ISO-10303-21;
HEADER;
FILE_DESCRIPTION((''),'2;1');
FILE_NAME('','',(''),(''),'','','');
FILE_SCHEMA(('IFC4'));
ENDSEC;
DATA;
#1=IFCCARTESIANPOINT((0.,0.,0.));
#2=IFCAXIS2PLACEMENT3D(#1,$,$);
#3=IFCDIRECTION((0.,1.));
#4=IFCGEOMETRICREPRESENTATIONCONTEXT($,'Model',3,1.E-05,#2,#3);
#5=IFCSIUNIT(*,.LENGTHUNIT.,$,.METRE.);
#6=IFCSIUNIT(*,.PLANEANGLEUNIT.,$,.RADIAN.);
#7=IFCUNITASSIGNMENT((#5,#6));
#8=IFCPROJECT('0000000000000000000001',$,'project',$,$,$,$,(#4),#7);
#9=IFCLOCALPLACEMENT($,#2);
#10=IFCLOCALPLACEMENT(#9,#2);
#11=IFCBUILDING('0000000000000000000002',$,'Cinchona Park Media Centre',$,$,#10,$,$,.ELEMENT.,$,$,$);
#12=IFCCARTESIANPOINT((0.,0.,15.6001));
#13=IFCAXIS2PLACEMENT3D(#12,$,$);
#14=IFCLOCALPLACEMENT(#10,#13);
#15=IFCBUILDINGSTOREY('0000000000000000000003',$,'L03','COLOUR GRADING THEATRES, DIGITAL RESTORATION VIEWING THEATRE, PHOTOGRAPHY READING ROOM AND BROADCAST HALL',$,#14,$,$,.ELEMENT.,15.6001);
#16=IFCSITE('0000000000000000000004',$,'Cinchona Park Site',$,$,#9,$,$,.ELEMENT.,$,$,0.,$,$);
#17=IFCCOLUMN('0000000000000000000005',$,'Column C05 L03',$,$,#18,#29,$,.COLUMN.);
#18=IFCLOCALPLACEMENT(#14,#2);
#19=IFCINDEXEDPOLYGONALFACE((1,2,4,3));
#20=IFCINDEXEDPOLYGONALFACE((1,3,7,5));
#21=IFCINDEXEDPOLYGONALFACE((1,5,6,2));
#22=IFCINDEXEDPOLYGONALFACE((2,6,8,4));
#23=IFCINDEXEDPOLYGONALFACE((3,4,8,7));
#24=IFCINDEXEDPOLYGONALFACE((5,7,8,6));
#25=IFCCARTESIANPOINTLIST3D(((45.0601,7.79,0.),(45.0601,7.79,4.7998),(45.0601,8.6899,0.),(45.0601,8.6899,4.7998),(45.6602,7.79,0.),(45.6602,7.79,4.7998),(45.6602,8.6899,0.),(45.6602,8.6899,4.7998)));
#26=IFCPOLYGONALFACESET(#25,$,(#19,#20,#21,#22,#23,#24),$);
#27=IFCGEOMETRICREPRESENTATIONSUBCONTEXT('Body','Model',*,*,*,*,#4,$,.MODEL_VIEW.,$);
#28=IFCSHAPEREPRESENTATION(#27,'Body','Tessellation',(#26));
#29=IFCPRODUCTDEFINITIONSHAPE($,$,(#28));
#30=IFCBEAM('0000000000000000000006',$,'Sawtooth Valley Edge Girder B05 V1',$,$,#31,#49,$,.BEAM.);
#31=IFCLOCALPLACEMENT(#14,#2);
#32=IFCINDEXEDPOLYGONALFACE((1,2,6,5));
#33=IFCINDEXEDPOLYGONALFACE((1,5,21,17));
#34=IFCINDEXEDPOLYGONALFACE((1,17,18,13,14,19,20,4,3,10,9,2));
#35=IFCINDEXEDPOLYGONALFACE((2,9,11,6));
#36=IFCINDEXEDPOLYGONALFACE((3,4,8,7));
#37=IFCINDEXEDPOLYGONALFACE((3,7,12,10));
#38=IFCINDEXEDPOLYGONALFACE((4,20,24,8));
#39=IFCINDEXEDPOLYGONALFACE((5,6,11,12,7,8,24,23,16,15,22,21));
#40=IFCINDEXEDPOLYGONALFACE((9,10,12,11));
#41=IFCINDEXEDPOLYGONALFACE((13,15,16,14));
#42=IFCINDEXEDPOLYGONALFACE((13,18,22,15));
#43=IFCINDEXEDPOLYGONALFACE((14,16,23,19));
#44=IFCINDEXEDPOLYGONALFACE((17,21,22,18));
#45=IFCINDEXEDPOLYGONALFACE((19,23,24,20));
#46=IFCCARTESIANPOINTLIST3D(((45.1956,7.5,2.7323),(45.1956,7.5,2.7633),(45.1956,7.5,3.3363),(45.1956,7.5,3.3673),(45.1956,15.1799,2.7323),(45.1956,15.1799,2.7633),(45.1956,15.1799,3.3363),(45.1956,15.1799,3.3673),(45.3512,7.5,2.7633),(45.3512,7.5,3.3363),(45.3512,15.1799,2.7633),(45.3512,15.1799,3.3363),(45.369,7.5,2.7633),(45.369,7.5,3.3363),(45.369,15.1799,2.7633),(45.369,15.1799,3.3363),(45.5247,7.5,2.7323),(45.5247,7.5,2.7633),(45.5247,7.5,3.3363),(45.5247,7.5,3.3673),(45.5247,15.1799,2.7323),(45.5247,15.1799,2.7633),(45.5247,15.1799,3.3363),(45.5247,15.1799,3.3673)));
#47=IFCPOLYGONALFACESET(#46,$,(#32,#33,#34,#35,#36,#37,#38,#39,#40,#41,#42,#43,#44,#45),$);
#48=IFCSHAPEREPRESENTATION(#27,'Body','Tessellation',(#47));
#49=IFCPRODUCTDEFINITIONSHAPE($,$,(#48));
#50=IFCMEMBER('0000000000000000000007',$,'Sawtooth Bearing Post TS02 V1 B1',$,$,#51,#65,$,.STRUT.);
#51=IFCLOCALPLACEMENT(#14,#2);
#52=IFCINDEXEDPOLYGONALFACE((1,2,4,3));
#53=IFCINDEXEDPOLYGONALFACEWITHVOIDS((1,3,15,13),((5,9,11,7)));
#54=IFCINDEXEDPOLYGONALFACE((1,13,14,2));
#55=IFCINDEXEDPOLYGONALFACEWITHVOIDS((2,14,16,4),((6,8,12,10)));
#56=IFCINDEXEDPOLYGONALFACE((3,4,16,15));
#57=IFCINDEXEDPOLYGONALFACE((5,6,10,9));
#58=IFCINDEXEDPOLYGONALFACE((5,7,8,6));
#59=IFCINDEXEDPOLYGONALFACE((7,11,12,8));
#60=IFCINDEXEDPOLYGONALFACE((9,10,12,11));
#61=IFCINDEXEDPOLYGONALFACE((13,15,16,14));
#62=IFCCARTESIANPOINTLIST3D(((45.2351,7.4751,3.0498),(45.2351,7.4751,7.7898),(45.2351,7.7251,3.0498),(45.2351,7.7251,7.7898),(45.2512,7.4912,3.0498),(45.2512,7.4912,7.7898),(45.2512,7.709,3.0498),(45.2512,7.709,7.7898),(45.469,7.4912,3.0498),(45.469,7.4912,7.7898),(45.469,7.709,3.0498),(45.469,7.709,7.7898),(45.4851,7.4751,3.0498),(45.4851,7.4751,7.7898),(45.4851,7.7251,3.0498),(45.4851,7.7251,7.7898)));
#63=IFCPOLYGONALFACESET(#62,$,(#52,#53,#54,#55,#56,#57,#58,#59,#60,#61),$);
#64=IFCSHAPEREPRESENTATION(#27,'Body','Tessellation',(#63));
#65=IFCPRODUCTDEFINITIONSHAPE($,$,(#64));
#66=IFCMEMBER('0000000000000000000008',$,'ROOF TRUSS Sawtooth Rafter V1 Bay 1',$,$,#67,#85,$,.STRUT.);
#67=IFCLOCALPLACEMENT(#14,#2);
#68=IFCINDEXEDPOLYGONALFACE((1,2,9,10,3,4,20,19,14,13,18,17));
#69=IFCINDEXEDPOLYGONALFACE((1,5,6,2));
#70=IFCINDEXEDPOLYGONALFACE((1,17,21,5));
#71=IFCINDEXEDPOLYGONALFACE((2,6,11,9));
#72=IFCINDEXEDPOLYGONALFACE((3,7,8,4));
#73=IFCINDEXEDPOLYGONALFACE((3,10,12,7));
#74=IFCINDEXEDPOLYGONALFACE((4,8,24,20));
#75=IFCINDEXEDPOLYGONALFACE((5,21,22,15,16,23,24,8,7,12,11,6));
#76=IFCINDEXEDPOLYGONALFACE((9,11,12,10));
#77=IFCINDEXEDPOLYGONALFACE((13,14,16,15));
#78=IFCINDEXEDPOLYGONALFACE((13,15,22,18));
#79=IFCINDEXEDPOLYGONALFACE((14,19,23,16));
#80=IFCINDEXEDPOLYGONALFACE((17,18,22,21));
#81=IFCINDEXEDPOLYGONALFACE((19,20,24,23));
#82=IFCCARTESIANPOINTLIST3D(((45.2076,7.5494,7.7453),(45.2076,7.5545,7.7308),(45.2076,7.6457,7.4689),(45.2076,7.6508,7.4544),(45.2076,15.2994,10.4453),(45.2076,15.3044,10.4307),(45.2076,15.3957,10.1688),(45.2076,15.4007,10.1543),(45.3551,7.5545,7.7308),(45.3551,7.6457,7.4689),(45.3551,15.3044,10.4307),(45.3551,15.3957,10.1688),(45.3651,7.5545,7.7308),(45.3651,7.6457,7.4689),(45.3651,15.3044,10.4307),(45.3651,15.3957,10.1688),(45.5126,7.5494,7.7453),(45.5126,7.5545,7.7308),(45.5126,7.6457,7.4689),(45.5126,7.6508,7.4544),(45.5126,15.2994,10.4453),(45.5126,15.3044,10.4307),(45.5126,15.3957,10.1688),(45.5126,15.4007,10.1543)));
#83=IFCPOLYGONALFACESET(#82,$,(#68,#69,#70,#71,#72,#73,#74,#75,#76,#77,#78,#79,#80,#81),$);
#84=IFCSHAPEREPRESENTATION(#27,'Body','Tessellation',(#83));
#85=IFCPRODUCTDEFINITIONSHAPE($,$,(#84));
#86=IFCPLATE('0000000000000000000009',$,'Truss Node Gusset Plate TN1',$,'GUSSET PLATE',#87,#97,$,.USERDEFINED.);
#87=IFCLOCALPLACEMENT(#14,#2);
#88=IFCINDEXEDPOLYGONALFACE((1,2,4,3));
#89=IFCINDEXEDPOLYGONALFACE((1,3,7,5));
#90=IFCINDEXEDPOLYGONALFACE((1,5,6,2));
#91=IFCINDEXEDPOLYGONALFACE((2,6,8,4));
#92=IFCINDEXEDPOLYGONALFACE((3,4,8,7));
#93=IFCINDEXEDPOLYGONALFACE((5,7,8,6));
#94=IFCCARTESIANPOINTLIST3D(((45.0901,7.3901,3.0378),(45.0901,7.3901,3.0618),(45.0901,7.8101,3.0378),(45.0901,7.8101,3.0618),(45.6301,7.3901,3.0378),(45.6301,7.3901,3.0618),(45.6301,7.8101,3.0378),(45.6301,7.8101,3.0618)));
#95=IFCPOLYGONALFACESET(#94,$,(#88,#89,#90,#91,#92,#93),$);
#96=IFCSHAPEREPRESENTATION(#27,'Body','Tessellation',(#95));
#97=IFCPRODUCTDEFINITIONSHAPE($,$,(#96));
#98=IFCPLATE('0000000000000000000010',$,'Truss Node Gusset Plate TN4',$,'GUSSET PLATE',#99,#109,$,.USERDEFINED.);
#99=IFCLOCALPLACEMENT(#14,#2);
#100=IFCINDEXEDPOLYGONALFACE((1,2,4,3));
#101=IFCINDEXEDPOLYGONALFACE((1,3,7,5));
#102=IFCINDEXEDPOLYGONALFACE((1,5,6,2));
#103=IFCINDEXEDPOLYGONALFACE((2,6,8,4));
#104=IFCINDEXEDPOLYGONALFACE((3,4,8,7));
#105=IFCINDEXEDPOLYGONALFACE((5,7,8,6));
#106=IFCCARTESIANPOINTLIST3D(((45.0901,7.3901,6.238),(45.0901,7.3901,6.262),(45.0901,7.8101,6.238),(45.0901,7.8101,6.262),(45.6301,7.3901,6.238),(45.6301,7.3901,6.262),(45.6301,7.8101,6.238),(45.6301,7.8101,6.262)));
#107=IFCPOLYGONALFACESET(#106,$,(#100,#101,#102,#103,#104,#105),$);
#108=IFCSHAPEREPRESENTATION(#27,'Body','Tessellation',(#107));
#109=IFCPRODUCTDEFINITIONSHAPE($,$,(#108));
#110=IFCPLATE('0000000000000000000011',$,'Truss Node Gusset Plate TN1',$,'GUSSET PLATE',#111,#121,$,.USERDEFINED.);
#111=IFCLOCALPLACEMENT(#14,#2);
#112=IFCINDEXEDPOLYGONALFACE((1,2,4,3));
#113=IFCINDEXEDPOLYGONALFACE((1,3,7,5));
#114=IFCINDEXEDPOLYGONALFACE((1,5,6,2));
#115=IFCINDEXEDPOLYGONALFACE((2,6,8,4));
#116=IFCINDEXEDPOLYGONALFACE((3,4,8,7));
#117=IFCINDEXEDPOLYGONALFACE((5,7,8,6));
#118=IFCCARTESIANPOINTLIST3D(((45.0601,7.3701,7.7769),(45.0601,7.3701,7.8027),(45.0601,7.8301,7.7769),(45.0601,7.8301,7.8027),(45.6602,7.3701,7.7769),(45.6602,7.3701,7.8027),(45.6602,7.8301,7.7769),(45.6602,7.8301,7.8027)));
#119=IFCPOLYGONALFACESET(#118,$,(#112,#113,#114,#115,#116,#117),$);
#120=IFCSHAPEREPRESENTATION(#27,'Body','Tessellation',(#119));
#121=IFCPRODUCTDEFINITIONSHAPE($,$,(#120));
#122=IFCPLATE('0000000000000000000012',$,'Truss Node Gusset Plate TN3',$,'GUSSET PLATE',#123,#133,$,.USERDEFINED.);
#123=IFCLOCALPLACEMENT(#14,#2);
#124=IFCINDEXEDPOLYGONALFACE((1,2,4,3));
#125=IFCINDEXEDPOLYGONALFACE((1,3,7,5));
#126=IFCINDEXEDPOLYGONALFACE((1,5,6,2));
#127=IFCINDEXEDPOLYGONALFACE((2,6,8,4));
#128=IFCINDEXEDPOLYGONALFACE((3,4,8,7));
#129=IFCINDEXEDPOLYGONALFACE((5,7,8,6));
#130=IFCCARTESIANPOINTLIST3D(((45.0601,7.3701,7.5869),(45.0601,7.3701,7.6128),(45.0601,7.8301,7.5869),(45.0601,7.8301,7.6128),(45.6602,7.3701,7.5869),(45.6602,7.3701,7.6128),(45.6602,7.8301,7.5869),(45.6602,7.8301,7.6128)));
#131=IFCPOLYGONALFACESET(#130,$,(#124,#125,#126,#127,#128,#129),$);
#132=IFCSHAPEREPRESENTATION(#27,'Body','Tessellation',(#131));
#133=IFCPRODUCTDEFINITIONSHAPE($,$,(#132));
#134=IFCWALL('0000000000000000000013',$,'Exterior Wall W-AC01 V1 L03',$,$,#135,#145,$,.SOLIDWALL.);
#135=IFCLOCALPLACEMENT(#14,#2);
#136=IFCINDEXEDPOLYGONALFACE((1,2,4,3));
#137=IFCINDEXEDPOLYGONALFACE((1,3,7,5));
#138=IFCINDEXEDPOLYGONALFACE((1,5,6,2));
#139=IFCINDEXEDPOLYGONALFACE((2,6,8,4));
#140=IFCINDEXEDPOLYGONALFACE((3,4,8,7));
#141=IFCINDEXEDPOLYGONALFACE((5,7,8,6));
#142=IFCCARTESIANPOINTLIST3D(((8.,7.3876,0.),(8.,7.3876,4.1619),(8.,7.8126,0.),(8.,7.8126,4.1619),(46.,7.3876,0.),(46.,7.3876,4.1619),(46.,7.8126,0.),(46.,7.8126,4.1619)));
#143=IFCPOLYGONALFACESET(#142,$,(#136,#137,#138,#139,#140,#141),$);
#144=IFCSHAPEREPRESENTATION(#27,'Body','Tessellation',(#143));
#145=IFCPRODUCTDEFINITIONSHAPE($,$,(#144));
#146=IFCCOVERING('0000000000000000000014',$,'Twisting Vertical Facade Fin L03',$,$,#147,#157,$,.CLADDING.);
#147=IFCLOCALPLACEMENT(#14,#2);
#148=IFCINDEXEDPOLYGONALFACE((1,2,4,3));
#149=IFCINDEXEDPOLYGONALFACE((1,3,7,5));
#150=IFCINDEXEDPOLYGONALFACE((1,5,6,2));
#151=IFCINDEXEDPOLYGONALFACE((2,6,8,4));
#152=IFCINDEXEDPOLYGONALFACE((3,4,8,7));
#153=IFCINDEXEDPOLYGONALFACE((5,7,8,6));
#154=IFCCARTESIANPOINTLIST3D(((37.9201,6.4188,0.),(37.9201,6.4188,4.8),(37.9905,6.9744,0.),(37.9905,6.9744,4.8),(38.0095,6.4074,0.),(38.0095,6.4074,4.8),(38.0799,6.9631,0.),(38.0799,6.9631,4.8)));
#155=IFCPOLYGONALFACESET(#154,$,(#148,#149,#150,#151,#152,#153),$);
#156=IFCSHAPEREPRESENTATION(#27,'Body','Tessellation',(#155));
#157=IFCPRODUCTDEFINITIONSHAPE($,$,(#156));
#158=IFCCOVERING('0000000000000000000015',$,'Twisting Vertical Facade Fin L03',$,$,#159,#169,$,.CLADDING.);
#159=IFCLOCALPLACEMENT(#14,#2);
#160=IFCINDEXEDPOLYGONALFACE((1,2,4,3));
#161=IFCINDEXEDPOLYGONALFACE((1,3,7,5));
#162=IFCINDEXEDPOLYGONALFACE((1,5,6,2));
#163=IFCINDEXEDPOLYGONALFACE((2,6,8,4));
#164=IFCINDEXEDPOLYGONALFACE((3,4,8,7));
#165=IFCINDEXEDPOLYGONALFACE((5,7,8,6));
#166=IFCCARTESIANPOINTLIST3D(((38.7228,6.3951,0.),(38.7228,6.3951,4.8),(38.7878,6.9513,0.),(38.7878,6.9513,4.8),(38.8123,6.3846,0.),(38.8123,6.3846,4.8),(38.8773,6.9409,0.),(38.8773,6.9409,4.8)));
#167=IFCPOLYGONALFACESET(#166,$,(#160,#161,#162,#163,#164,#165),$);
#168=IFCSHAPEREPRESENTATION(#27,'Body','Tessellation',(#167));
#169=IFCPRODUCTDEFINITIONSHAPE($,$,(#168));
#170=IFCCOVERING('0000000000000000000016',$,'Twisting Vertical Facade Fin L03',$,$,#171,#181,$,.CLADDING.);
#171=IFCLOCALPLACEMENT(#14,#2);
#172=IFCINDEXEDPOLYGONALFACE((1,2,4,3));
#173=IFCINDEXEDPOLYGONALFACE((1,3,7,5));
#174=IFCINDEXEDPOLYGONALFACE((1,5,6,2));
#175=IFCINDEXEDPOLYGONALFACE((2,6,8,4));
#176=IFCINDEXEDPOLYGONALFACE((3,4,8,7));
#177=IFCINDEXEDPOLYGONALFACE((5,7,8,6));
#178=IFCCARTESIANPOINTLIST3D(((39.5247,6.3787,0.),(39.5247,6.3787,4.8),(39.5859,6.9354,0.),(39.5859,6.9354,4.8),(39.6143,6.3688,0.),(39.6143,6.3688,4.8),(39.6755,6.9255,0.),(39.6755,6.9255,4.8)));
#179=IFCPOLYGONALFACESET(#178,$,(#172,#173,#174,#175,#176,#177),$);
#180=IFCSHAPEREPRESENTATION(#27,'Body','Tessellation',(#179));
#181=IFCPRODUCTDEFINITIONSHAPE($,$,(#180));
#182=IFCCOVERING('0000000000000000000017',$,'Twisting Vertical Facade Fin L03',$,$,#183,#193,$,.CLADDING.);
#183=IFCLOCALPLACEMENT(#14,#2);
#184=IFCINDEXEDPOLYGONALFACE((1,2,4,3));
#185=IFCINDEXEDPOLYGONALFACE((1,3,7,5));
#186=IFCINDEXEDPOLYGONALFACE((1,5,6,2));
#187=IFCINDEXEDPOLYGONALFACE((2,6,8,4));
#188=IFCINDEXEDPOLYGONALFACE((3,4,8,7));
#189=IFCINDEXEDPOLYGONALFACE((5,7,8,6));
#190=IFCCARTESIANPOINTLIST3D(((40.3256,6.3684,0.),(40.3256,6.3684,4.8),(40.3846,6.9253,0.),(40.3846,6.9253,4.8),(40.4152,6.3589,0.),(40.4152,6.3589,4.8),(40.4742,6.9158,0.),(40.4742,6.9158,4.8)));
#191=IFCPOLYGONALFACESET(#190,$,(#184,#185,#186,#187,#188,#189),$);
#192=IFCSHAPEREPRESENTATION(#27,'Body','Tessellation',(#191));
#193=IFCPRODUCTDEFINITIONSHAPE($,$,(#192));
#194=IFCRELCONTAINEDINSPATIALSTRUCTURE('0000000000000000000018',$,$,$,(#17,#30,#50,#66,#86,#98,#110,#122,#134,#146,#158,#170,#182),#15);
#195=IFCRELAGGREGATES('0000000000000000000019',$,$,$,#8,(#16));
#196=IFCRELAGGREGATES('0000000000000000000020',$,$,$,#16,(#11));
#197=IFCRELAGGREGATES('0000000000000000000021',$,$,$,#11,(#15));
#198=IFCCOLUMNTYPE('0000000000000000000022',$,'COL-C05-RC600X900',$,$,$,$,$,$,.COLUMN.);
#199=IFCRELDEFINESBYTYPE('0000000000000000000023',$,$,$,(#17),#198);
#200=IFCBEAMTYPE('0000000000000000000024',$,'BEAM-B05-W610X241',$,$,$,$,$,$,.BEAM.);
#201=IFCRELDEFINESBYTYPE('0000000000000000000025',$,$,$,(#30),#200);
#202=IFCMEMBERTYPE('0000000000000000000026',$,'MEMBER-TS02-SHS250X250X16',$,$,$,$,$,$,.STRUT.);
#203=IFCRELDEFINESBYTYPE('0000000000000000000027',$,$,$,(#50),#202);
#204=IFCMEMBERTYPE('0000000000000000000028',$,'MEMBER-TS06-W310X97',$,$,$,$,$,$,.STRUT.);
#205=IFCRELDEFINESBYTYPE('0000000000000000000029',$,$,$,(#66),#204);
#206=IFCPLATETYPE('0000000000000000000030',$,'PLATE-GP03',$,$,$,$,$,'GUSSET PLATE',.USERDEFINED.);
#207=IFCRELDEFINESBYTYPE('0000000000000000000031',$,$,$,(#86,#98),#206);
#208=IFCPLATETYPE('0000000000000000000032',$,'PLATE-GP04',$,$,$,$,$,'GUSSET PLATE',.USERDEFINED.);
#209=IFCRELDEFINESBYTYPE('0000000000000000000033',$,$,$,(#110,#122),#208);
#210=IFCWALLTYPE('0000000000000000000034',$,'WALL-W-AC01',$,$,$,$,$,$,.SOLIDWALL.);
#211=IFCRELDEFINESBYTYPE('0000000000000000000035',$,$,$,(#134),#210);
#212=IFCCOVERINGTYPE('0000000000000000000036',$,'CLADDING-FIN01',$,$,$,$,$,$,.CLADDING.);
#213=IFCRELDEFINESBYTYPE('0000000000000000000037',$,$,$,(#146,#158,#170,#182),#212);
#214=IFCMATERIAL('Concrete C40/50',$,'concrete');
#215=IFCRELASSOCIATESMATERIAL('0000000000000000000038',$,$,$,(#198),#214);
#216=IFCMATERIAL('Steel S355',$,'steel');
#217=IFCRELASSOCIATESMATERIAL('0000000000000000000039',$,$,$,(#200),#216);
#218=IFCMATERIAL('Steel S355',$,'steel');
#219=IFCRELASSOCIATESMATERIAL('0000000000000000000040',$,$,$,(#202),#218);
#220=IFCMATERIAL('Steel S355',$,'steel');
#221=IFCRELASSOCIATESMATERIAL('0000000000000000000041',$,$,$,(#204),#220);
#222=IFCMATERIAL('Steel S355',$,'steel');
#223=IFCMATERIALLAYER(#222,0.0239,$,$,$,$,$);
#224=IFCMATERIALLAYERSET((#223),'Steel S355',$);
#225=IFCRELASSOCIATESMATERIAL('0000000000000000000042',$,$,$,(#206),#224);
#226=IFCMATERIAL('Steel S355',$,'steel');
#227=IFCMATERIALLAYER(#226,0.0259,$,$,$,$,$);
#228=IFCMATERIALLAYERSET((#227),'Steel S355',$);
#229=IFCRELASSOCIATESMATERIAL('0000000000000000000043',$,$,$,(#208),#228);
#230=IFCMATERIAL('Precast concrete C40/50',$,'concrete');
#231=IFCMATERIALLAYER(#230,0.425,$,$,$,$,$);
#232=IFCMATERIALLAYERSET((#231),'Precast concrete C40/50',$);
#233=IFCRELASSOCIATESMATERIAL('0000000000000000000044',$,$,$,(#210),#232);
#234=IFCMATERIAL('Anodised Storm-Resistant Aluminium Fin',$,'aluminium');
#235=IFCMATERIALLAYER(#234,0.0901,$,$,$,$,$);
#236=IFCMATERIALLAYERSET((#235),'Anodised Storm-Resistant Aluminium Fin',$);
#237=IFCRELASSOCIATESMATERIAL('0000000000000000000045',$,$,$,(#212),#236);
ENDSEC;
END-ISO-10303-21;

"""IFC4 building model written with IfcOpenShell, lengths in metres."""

from ifc_helpers import new_model, si_unit, direction, frame, frame_2d, origin, origin_2d, place, context, subcontext, project, spatial, rectangle, hollow_rectangle, i_section, extrude, material, layer, layer_set, material_profile, profile_set, type_object, element, save


model = new_model("IFC4")

# Units and contexts
model_context = context("Model", 3, precision=1e-05, world=origin(), true_north=direction((0.0, 1.0)))
body_context = subcontext(model_context, "Body", "Model", "MODEL_VIEW")
ifc_project = project(units=[si_unit("LENGTHUNIT", "METRE"), si_unit("PLANEANGLEUNIT", "RADIAN")], contexts=[model_context])

# Site, building, storey
site_placement = place(None, origin())
site = spatial("IfcSite", under=ifc_project, at=site_placement, Name="Cinchona Park Site", CompositionType="ELEMENT", RefElevation=0.0)
building_placement = place(site_placement, origin())
building = spatial("IfcBuilding", under=site, at=building_placement, Name="Cinchona Park Media Centre", CompositionType="ELEMENT")
storey_placement = place(building_placement, frame((0.0, 0.0, 15.6001)))
storey = spatial("IfcBuildingStorey", under=building, at=storey_placement, Name="L03", Description="COLOUR GRADING THEATRES, DIGITAL RESTORATION VIEWING THEATRE, PHOTOGRAPHY READING ROOM AND BROADCAST HALL", CompositionType="ELEMENT", Elevation=15.6001)

# Column
ifc_material_1 = material(Name="Concrete C40/50", Category="concrete")
ifc_material_profile_1 = material_profile(ifc_material_1, rectangle(XDim=0.6001, YDim=0.8999, at=origin_2d()), Name="RC 600X900")
ifc_profile_set_1 = profile_set([ifc_material_profile_1], Name="Concrete C40/50")
column_type = type_object("IfcColumnType", Name="COL-C05-RC600X900", PredefinedType="COLUMN", material=ifc_profile_set_1)
column_placement = place(storey_placement, frame((45.3601, 8.24, 0.0), z_axis=(0.0, 0.0, 1.0), x_axis=(1.0, 0.0, 0.0)))
element("IfcColumn", 1, at=column_placement, inside=storey, type_object=column_type, Name="Column C05 L03", PredefinedType="COLUMN", context=body_context, shape_type="SweptSolid", body=[
    extrude(rectangle(XDim=0.6001, YDim=0.8999, at=origin_2d()), origin(), (0.0, 0.0, 1.0), 4.7998),
])

# Beam
ifc_material_2 = material(Name="Steel S355", Category="steel")
ifc_material_profile_2 = material_profile(ifc_material_2, i_section(OverallWidth=0.3291, OverallDepth=0.635, WebThickness=0.0178, FlangeThickness=0.031, at=origin_2d()), Name="W610X241")
ifc_profile_set_2 = profile_set([ifc_material_profile_2], Name="Steel S355")
beam_type = type_object("IfcBeamType", Name="BEAM-B05-W610X241", PredefinedType="BEAM", material=ifc_profile_set_2)
beam_placement = place(storey_placement, frame((45.3601, 7.5, 3.0498), z_axis=(0.0, 1.0, 0.0), x_axis=(-1.0, 0.0, 0.0)))
element("IfcBeam", 2, at=beam_placement, inside=storey, type_object=beam_type, Name="Sawtooth Valley Edge Girder B05 V1", PredefinedType="BEAM", context=body_context, shape_type="SweptSolid", body=[
    extrude(i_section(OverallWidth=0.3291, OverallDepth=0.635, WebThickness=0.0178, FlangeThickness=0.031, at=origin_2d()), origin(), (0.0, 0.0, 1.0), 7.6799),
])

# Members
ifc_material_3 = material(Name="Steel S355", Category="steel")
ifc_material_profile_3 = material_profile(ifc_material_3, hollow_rectangle(XDim=0.25, YDim=0.25, WallThickness=0.0161, at=origin_2d()), Name="250X250X16SHS")
ifc_profile_set_3 = profile_set([ifc_material_profile_3], Name="Steel S355")
member_type_1 = type_object("IfcMemberType", Name="MEMBER-TS02-SHS250X250X16", PredefinedType="STRUT", material=ifc_profile_set_3)
member_1_placement = place(storey_placement, frame((45.3601, 7.6001, 3.0498), z_axis=(0.0, 0.0, 1.0), x_axis=(1.0, 0.0, 0.0)))
element("IfcMember", 3, at=member_1_placement, inside=storey, type_object=member_type_1, Name="Sawtooth Bearing Post TS02 V1 B1", PredefinedType="STRUT", context=body_context, shape_type="SweptSolid", body=[
    extrude(hollow_rectangle(XDim=0.25, YDim=0.25, WallThickness=0.0161, at=origin_2d()), origin(), (0.0, 0.0, 1.0), 4.74),
])
ifc_material_4 = material(Name="Steel S355", Category="steel")
ifc_material_profile_4 = material_profile(ifc_material_4, i_section(OverallWidth=0.3049, OverallDepth=0.3081, WebThickness=0.01, FlangeThickness=0.0154, at=origin_2d()), Name="W310X97")
ifc_profile_set_4 = profile_set([ifc_material_profile_4], Name="Steel S355")
member_type_2 = type_object("IfcMemberType", Name="MEMBER-TS06-W310X97", PredefinedType="STRUT", material=ifc_profile_set_4)
member_2_placement = place(storey_placement, frame((45.3601, 7.6001, 7.5999), z_axis=(0.0, 0.944334, 0.328988), x_axis=(-1.0, 0.0, 0.0)))
element("IfcMember", 4, at=member_2_placement, inside=storey, type_object=member_type_2, Name="ROOF TRUSS Sawtooth Rafter V1 Bay 1", PredefinedType="STRUT", context=body_context, shape_type="SweptSolid", body=[
    extrude(i_section(OverallWidth=0.3049, OverallDepth=0.3081, WebThickness=0.01, FlangeThickness=0.0154, at=origin_2d()), origin(), (0.0, 0.0, 1.0), 8.2068),
])

# Plates
ifc_material_5 = material(Name="Steel S355", Category="steel")
ifc_layer_1 = layer(ifc_material_5, 0.0239)
ifc_layer_set_1 = layer_set([ifc_layer_1], Name="Steel S355")
plate_type_1 = type_object("IfcPlateType", Name="PLATE-GP03", ElementType="GUSSET PLATE", PredefinedType="USERDEFINED", material=ifc_layer_set_1)
for number, where, z_axis, x_axis, name in (
    (5, (45.3601, 7.6001, 3.0378), (0.0, 0.0, 1.0), (1.0, 0.0, 0.0), "Truss Node Gusset Plate TN1"),
    (6, (45.3601, 7.6001, 6.238), (0.0, 0.0, 1.0), (1.0, 0.0, 0.0), "Truss Node Gusset Plate TN4"),
):
    element("IfcPlate", number, at=place(storey_placement, frame(where, z_axis=z_axis, x_axis=x_axis)), inside=storey, type_object=plate_type_1, Name=name, ObjectType="GUSSET PLATE", PredefinedType="USERDEFINED", context=body_context, shape_type="SweptSolid", body=[
        extrude(rectangle(XDim=0.54, YDim=0.4199, at=origin_2d()), origin(), (0.0, 0.0, 1.0), 0.0239),
    ])
ifc_material_6 = material(Name="Steel S355", Category="steel")
ifc_layer_2 = layer(ifc_material_6, 0.0259)
ifc_layer_set_2 = layer_set([ifc_layer_2], Name="Steel S355")
plate_type_2 = type_object("IfcPlateType", Name="PLATE-GP04", ElementType="GUSSET PLATE", PredefinedType="USERDEFINED", material=ifc_layer_set_2)
for number, where, z_axis, x_axis, name in (
    (7, (45.3601, 7.6001, 7.7769), (0.0, 0.0, 1.0), (1.0, 0.0, 0.0), "Truss Node Gusset Plate TN1"),
    (8, (45.3601, 7.6001, 7.5869), (0.0, 0.0, 1.0), (1.0, 0.0, 0.0), "Truss Node Gusset Plate TN3"),
):
    element("IfcPlate", number, at=place(storey_placement, frame(where, z_axis=z_axis, x_axis=x_axis)), inside=storey, type_object=plate_type_2, Name=name, ObjectType="GUSSET PLATE", PredefinedType="USERDEFINED", context=body_context, shape_type="SweptSolid", body=[
        extrude(rectangle(XDim=0.6001, YDim=0.46, at=origin_2d()), origin(), (0.0, 0.0, 1.0), 0.0259),
    ])

# Wall
ifc_material_7 = material(Name="Precast concrete C40/50", Category="concrete")
ifc_layer_3 = layer(ifc_material_7, 0.425)
ifc_layer_set_3 = layer_set([ifc_layer_3], Name="Precast concrete C40/50")
wall_type = type_object("IfcWallType", Name="WALL-W-AC01", PredefinedType="SOLIDWALL", material=ifc_layer_set_3)
wall_placement = place(storey_placement, frame((46.0, 7.6001, 0.0), z_axis=(0.0, 0.0, 1.0), x_axis=(-1.0, 0.0, 0.0)))
element("IfcWall", 9, at=wall_placement, inside=storey, type_object=wall_type, Name="Exterior Wall W-AC01 V1 L03", PredefinedType="SOLIDWALL", context=body_context, shape_type="SweptSolid", body=[
    extrude(rectangle(XDim=38.0, YDim=0.425, at=frame_2d((19.0, 0.0))), origin(), (0.0, 0.0, 1.0), 4.1619),
])

# Coverings
ifc_material_8 = material(Name="Anodised Storm-Resistant Aluminium Fin", Category="aluminium")
ifc_layer_4 = layer(ifc_material_8, 0.0901)
ifc_layer_set_4 = layer_set([ifc_layer_4], Name="Anodised Storm-Resistant Aluminium Fin")
covering_type = type_object("IfcCoveringType", Name="CLADDING-FIN01", PredefinedType="CLADDING", material=ifc_layer_set_4)
for number, where, z_axis, x_axis, name in (
    (10, (38.0, 6.6909, 0.0), (0.0, 0.0, 1.0), (0.12568, 0.992071, 0.0), "Twisting Vertical Facade Fin L03"),
    (11, (38.8, 6.668, 0.0), (0.0, 0.0, 1.0), (0.116151, 0.993232, 0.0), "Twisting Vertical Facade Fin L03"),
    (12, (39.6001, 6.6521, 0.0), (0.0, 0.0, 1.0), (0.109214, 0.994018, 0.0), "Twisting Vertical Facade Fin L03"),
    (13, (40.3999, 6.6421, 0.0), (0.0, 0.0, 1.0), (0.105396, 0.99443, 0.0), "Twisting Vertical Facade Fin L03"),
):
    element("IfcCovering", number, at=place(storey_placement, frame(where, z_axis=z_axis, x_axis=x_axis)), inside=storey, type_object=covering_type, Name=name, PredefinedType="CLADDING", context=body_context, shape_type="SweptSolid", body=[
        extrude(rectangle(XDim=0.5601, YDim=0.0901, at=origin_2d()), origin(), (0.0, 0.0, 1.0), 4.8),
    ])

save(model, "model.ifc")
